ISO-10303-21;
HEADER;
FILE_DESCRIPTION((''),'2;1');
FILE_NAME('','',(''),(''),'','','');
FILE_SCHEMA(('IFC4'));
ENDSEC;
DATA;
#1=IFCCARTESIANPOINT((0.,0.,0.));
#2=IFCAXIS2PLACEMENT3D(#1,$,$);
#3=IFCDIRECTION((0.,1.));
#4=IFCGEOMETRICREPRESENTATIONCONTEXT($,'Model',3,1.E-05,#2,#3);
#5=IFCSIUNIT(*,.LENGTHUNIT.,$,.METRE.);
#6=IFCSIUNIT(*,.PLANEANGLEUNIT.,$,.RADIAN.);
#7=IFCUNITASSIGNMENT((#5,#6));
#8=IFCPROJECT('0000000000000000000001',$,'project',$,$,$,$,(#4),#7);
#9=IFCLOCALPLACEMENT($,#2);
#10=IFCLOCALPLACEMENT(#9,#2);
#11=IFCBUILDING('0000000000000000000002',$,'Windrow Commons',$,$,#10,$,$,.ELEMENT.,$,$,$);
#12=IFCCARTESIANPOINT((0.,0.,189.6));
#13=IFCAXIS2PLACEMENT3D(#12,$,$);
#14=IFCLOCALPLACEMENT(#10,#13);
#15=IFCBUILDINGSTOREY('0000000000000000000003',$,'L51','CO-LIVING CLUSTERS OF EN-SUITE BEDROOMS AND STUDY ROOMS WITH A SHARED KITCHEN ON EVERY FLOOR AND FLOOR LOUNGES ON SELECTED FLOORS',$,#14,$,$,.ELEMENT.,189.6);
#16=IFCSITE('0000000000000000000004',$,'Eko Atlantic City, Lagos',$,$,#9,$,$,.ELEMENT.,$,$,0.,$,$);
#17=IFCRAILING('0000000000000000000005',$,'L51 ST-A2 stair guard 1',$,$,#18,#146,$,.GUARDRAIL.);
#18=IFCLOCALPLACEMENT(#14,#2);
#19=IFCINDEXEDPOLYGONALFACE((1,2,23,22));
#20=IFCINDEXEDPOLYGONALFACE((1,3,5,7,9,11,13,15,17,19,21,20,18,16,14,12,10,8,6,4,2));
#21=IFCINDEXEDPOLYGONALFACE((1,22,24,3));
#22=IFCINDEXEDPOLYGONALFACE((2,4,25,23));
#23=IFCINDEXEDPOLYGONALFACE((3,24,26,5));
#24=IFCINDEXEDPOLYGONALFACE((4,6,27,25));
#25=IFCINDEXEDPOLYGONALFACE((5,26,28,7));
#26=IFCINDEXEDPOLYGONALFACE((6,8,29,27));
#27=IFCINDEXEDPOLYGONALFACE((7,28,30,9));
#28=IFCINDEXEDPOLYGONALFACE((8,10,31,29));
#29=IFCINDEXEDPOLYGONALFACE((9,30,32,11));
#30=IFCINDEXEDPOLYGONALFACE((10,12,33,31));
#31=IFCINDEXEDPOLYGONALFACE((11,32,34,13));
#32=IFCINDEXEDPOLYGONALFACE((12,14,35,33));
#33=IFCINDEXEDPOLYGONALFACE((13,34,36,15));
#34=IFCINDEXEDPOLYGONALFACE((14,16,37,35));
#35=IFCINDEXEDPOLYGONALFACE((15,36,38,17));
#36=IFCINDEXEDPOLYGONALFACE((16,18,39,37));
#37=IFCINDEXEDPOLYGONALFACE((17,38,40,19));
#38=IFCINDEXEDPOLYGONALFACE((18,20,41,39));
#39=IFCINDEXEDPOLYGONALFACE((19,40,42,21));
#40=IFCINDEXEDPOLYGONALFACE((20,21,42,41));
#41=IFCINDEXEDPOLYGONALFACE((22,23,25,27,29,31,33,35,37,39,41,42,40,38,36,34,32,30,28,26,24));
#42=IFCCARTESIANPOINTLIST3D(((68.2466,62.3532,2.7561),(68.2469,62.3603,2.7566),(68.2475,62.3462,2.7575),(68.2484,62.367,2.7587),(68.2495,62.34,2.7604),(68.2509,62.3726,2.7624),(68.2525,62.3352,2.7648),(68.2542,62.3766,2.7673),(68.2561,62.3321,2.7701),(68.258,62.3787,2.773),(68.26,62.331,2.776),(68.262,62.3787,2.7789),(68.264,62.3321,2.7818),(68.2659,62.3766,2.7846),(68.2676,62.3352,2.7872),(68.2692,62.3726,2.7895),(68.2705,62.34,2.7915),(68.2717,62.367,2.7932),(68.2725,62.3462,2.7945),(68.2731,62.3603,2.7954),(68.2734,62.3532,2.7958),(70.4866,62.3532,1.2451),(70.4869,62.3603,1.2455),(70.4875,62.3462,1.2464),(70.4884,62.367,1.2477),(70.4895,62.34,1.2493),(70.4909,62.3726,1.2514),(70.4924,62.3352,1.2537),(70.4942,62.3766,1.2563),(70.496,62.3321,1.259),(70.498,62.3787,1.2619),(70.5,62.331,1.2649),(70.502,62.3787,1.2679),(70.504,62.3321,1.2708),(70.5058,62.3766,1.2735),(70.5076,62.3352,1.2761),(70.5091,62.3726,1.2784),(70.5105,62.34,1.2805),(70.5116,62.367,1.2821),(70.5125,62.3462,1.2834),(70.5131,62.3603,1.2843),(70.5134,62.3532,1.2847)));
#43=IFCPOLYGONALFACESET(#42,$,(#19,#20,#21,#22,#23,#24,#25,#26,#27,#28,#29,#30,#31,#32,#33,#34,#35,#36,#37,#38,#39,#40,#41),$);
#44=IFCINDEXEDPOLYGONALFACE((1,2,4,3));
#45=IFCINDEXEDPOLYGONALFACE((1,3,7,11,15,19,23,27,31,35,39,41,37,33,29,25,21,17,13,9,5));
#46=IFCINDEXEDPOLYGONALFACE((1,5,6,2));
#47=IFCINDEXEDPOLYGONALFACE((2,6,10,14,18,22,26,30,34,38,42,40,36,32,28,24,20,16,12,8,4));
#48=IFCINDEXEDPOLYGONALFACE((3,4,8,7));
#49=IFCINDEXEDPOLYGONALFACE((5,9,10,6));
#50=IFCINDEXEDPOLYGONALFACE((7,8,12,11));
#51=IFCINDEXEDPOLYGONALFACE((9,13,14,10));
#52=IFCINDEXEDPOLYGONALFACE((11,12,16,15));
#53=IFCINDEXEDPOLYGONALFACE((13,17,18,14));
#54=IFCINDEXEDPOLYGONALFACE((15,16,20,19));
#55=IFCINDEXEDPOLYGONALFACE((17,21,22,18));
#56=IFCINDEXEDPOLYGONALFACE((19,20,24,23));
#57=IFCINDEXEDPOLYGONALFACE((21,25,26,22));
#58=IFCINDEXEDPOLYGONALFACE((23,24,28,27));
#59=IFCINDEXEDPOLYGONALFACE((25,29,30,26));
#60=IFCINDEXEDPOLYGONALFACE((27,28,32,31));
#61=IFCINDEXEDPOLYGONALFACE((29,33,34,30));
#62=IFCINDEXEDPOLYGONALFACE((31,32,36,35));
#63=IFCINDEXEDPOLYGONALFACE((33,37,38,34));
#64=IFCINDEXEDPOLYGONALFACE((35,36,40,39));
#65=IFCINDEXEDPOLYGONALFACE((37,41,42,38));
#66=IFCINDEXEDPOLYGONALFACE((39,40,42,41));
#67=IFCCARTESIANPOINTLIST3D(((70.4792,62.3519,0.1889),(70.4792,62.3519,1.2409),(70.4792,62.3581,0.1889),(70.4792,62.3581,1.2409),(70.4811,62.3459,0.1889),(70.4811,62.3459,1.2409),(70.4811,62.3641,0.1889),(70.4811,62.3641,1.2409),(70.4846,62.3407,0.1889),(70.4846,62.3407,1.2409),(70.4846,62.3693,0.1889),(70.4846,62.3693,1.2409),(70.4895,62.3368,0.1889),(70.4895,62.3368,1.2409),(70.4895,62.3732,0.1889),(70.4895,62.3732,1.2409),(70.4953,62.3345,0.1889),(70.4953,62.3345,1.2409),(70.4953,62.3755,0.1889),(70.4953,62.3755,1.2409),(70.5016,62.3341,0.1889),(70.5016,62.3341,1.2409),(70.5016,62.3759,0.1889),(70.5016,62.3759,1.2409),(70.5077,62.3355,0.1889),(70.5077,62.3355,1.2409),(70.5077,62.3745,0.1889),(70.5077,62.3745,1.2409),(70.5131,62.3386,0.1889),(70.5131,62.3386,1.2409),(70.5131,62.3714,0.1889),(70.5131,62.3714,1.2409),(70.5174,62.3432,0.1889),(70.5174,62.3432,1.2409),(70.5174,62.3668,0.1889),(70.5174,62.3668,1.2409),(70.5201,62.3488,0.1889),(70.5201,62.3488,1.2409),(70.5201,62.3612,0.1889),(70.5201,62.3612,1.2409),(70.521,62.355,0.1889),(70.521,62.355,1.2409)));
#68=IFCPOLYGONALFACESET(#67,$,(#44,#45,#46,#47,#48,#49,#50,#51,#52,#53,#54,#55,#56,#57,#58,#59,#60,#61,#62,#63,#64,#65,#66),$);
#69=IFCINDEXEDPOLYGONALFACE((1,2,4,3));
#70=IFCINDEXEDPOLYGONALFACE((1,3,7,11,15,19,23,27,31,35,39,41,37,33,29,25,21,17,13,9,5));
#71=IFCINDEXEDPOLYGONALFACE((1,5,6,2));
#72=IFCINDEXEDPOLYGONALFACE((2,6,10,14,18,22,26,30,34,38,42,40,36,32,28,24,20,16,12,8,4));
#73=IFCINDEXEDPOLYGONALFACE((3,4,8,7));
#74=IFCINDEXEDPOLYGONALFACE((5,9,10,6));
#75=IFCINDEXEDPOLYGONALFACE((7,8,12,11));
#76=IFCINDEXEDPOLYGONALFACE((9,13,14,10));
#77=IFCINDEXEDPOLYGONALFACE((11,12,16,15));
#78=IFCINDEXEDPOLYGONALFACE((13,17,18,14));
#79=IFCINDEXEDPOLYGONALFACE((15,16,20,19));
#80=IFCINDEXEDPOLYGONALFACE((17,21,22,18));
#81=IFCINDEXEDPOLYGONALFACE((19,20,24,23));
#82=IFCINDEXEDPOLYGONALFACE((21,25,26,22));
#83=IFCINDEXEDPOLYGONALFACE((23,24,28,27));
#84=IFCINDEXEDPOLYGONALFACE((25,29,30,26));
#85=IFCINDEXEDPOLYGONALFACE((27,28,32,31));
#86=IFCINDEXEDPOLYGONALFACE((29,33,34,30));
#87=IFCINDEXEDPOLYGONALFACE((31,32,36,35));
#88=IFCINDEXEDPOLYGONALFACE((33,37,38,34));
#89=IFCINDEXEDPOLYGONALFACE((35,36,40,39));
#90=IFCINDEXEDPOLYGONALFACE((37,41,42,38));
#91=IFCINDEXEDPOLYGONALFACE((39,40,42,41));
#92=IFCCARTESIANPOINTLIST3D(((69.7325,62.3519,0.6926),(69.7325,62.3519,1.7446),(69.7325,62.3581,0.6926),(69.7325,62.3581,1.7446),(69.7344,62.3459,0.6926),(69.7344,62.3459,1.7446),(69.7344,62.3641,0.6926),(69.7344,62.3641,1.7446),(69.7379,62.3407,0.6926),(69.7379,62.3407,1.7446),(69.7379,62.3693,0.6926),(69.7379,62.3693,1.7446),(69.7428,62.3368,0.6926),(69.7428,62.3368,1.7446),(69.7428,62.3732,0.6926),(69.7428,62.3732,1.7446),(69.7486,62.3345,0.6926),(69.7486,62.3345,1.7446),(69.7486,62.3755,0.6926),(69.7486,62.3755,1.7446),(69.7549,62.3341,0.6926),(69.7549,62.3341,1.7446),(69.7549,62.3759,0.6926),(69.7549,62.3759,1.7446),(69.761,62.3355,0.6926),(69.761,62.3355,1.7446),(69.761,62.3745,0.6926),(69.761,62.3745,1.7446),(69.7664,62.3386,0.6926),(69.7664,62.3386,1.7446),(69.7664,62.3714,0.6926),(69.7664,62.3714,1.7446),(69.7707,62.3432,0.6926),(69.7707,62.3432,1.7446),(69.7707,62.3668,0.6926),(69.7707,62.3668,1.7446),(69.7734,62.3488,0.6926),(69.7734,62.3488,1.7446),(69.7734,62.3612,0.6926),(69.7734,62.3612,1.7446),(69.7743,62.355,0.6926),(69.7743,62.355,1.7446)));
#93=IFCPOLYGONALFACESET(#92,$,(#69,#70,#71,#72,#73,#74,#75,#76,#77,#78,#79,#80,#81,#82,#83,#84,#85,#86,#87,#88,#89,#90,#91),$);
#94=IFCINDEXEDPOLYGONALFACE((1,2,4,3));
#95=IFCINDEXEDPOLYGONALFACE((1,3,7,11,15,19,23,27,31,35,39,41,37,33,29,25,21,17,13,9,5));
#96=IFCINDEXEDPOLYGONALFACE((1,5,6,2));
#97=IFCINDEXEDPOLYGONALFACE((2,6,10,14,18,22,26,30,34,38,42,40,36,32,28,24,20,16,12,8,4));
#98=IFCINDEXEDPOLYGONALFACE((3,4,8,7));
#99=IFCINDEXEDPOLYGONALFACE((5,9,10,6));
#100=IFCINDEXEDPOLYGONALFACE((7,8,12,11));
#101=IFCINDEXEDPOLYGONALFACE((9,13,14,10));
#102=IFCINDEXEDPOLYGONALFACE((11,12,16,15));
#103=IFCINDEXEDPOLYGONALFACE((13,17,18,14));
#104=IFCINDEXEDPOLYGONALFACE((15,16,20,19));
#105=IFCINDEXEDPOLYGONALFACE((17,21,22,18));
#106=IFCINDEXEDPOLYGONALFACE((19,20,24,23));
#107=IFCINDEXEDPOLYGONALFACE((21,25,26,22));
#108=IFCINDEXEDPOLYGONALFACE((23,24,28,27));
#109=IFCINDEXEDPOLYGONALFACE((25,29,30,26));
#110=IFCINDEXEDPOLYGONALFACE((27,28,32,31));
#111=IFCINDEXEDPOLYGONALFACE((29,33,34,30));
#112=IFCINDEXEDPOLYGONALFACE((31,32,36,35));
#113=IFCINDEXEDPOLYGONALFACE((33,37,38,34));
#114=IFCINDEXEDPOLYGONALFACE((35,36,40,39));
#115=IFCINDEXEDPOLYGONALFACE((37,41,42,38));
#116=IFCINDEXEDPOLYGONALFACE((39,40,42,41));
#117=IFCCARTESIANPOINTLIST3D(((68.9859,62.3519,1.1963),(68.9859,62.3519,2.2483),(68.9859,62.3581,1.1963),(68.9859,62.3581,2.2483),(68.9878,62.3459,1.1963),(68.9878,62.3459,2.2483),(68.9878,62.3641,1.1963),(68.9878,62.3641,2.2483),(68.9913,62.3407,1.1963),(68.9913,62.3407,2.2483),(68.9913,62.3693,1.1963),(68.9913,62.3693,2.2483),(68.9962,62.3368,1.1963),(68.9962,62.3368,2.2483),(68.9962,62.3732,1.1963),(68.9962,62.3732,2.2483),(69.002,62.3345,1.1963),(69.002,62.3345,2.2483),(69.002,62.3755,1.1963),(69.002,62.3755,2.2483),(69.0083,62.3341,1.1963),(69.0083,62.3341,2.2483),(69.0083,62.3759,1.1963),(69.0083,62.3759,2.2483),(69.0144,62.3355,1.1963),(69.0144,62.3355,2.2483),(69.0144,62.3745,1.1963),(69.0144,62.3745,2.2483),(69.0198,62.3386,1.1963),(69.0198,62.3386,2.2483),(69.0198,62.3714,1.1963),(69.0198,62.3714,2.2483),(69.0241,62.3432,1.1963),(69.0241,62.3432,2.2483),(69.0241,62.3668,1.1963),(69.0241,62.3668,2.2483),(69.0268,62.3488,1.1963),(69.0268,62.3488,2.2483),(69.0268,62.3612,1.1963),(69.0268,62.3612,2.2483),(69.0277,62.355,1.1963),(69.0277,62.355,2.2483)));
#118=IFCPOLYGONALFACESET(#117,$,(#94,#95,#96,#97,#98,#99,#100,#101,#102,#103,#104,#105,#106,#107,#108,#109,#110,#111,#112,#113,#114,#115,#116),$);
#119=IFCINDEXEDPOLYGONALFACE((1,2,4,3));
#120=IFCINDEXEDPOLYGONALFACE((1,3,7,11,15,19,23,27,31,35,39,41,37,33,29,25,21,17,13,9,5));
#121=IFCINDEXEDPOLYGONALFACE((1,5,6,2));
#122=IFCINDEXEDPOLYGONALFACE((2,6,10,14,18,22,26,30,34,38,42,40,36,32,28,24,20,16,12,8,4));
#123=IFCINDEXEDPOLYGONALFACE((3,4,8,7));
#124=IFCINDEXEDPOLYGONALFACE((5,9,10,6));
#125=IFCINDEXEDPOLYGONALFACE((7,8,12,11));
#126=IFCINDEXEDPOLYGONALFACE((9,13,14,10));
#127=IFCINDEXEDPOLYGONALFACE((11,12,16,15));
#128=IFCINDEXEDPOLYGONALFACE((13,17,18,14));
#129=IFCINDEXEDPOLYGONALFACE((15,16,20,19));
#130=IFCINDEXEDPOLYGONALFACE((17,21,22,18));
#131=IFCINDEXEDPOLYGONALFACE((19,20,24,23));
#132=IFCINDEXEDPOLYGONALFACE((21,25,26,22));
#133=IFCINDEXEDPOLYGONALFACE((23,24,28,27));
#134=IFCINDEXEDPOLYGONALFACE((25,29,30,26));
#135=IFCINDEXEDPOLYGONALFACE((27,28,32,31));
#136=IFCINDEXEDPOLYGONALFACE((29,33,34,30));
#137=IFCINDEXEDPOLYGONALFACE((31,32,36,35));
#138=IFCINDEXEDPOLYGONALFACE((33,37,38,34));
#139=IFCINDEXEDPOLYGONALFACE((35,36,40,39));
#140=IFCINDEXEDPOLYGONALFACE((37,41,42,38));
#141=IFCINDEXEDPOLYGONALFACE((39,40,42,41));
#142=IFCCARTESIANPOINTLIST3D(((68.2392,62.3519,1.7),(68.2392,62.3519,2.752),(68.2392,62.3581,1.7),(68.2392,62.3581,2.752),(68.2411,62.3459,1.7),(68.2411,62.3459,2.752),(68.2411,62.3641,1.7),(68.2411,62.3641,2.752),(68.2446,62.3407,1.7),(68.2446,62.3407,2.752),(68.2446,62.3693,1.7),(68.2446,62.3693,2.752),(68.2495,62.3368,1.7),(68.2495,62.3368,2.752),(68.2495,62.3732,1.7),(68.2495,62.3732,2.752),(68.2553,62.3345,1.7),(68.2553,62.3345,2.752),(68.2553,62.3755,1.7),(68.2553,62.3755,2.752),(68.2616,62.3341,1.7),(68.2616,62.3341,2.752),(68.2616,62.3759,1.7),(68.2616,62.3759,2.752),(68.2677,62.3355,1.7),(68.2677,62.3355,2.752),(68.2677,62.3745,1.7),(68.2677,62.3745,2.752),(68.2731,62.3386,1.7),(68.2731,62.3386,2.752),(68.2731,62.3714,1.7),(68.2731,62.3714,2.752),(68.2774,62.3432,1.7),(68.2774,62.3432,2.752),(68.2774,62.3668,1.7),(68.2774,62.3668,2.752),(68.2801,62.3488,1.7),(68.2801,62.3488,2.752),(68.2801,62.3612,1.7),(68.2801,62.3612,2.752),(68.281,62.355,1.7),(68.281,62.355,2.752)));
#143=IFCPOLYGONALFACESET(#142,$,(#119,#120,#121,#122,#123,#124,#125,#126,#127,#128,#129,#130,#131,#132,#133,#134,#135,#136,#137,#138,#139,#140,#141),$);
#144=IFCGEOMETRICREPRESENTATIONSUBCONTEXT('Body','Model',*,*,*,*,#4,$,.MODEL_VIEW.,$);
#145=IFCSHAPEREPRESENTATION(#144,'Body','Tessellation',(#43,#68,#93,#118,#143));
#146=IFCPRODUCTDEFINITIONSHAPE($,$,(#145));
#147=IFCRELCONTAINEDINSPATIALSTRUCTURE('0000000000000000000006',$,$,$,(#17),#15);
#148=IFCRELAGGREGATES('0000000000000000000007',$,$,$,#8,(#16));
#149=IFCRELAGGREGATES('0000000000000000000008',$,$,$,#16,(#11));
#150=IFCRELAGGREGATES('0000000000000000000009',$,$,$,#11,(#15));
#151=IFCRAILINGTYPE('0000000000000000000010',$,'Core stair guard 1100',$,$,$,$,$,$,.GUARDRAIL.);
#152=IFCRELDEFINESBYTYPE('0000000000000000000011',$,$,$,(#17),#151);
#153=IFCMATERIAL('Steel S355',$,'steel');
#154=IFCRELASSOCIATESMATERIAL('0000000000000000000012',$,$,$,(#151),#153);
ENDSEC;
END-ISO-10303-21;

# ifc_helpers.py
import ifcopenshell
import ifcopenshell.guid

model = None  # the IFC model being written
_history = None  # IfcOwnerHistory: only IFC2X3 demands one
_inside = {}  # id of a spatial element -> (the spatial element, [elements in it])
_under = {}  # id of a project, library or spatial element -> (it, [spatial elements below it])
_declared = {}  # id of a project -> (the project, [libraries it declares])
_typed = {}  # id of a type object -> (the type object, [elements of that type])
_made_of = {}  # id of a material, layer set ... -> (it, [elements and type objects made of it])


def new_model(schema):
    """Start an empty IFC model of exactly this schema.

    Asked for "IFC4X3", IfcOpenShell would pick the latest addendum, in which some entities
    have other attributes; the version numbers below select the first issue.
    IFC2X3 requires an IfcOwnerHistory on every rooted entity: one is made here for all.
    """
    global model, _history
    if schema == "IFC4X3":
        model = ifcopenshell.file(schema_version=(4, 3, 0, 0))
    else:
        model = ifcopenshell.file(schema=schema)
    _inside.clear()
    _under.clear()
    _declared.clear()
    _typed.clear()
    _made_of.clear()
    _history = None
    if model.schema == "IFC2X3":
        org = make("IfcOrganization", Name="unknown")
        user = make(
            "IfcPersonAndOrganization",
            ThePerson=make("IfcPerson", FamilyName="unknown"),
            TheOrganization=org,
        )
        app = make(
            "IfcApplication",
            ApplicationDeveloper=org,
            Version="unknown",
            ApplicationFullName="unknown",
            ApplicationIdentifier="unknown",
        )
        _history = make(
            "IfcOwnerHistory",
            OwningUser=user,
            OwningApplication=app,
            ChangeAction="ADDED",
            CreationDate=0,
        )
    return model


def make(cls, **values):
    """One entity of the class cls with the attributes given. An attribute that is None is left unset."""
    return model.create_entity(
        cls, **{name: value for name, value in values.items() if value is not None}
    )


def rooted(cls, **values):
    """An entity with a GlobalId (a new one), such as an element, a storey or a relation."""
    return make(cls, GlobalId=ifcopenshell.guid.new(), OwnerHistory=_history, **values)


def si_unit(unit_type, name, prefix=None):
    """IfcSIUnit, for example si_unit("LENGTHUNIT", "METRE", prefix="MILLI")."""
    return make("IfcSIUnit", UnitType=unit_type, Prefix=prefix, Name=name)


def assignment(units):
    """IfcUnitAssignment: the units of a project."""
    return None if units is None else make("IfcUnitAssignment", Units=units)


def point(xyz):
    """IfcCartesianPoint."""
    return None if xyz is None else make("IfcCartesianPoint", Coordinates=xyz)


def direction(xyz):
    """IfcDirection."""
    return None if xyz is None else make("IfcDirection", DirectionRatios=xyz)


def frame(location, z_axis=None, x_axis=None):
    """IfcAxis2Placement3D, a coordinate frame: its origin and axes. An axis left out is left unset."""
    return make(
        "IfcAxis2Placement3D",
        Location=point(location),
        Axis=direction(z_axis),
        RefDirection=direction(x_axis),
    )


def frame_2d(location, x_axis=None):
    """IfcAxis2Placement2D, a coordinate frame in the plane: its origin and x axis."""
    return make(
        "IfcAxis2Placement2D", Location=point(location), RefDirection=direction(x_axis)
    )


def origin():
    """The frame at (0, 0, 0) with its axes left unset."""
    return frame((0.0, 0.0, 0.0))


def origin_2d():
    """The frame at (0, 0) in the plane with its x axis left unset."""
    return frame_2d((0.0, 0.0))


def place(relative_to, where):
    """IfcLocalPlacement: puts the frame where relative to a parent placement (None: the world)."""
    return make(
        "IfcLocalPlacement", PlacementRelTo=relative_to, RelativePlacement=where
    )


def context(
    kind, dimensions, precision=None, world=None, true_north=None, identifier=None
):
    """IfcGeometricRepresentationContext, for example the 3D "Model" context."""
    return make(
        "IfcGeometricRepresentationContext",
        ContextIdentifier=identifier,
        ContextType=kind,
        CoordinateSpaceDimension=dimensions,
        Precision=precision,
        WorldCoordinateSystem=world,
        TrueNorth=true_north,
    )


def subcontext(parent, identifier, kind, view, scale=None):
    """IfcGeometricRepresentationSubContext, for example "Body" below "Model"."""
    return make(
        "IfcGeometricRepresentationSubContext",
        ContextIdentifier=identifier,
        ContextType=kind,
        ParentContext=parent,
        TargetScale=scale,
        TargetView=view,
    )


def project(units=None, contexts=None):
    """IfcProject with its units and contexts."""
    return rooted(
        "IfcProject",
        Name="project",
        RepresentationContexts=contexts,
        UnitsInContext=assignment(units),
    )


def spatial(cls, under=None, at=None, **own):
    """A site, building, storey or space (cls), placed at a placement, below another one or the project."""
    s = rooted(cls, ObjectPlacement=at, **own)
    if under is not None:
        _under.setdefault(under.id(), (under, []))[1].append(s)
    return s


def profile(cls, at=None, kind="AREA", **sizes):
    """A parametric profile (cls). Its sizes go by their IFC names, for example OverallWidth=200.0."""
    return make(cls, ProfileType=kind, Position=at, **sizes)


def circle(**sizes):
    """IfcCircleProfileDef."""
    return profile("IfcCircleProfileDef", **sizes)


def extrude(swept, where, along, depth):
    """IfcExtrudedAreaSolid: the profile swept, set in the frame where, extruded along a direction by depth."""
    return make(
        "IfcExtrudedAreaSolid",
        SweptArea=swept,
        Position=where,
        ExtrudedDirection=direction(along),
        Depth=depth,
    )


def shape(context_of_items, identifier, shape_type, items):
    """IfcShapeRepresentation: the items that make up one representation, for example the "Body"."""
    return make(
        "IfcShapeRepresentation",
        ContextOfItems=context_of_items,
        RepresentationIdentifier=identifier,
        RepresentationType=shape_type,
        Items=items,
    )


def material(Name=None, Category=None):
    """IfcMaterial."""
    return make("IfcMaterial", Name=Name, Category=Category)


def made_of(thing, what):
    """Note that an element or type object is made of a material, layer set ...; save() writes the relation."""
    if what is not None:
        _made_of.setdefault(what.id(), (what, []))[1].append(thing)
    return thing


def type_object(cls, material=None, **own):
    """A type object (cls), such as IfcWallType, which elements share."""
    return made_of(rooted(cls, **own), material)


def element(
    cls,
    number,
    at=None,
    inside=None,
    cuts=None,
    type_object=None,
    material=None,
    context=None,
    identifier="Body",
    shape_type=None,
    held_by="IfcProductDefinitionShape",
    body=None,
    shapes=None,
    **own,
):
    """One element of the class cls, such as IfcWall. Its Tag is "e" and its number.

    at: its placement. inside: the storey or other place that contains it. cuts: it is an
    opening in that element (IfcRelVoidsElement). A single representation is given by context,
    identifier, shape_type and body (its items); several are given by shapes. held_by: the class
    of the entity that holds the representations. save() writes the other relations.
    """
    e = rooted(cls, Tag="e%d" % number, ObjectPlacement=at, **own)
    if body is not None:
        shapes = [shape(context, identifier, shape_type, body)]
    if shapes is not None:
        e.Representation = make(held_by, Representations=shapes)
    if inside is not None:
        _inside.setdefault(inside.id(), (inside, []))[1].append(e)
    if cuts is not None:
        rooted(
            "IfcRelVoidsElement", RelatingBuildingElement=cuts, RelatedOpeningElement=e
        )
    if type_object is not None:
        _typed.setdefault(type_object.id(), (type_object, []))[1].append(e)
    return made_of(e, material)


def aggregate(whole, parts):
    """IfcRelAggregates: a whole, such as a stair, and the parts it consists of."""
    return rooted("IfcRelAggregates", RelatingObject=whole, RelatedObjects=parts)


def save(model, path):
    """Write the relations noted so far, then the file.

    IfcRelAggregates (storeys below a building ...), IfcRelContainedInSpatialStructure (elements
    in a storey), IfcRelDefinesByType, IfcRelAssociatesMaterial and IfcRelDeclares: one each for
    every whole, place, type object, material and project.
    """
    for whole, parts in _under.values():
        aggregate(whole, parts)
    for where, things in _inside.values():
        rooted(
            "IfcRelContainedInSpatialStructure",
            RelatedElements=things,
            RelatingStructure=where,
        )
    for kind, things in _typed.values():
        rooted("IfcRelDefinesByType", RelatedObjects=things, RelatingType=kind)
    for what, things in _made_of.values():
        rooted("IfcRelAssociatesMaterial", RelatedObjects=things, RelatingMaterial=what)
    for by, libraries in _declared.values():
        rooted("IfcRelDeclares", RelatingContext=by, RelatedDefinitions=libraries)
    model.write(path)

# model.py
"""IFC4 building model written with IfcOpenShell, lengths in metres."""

from ifc_helpers import new_model, si_unit, direction, frame, origin, origin_2d, place, context, subcontext, project, spatial, circle, extrude, material, type_object, element, save


model = new_model("IFC4")

# Units and contexts
model_context = context("Model", 3, precision=1e-05, world=origin(), true_north=direction((0.0, 1.0)))
body_context = subcontext(model_context, "Body", "Model", "MODEL_VIEW")
ifc_project = project(units=[si_unit("LENGTHUNIT", "METRE"), si_unit("PLANEANGLEUNIT", "RADIAN")], contexts=[model_context])

# Site, building, storey
site_placement = place(None, origin())
site = spatial("IfcSite", under=ifc_project, at=site_placement, Name="Eko Atlantic City, Lagos", CompositionType="ELEMENT", RefElevation=0.0)
building_placement = place(site_placement, origin())
building = spatial("IfcBuilding", under=site, at=building_placement, Name="Windrow Commons", CompositionType="ELEMENT")
storey_placement = place(building_placement, frame((0.0, 0.0, 189.6)))
storey = spatial("IfcBuildingStorey", under=building, at=storey_placement, Name="L51", Description="CO-LIVING CLUSTERS OF EN-SUITE BEDROOMS AND STUDY ROOMS WITH A SHARED KITCHEN ON EVERY FLOOR AND FLOOR LOUNGES ON SELECTED FLOORS", CompositionType="ELEMENT", Elevation=189.6)

# Railing
ifc_material_1 = material(Name="Steel S355", Category="steel")
railing_type_1 = type_object("IfcRailingType", Name="Core stair guard 1100", PredefinedType="GUARDRAIL", material=ifc_material_1)
railing_1_placement = place(storey_placement, frame((70.5, 62.355, 0.1889)))
element("IfcRailing", 1, at=railing_1_placement, inside=storey, type_object=railing_type_1, Name="L51 ST-A2 stair guard 1", PredefinedType="GUARDRAIL", context=body_context, shape_type="SweptSolid", body=[
    extrude(circle(Radius=0.024, at=origin_2d()), frame((0.0, 0.0, 1.076), z_axis=(-0.829003, 0.0, 0.559244), x_axis=(0.0, -1.0, 0.0)), (0.0, 0.0, 1.0), 2.702),
    extrude(circle(Radius=0.021, at=origin_2d()), origin(), (0.0, 0.0, 1.0), 1.052),
    extrude(circle(Radius=0.021, at=origin_2d()), frame((-0.7467, 0.0, 0.5037)), (0.0, 0.0, 1.0), 1.052),
    extrude(circle(Radius=0.021, at=origin_2d()), frame((-1.4933, 0.0, 1.0074)), (0.0, 0.0, 1.0), 1.052),
    extrude(circle(Radius=0.021, at=origin_2d()), frame((-2.24, 0.0, 1.5111)), (0.0, 0.0, 1.0), 1.052),
])

save(model, "model.ifc")
